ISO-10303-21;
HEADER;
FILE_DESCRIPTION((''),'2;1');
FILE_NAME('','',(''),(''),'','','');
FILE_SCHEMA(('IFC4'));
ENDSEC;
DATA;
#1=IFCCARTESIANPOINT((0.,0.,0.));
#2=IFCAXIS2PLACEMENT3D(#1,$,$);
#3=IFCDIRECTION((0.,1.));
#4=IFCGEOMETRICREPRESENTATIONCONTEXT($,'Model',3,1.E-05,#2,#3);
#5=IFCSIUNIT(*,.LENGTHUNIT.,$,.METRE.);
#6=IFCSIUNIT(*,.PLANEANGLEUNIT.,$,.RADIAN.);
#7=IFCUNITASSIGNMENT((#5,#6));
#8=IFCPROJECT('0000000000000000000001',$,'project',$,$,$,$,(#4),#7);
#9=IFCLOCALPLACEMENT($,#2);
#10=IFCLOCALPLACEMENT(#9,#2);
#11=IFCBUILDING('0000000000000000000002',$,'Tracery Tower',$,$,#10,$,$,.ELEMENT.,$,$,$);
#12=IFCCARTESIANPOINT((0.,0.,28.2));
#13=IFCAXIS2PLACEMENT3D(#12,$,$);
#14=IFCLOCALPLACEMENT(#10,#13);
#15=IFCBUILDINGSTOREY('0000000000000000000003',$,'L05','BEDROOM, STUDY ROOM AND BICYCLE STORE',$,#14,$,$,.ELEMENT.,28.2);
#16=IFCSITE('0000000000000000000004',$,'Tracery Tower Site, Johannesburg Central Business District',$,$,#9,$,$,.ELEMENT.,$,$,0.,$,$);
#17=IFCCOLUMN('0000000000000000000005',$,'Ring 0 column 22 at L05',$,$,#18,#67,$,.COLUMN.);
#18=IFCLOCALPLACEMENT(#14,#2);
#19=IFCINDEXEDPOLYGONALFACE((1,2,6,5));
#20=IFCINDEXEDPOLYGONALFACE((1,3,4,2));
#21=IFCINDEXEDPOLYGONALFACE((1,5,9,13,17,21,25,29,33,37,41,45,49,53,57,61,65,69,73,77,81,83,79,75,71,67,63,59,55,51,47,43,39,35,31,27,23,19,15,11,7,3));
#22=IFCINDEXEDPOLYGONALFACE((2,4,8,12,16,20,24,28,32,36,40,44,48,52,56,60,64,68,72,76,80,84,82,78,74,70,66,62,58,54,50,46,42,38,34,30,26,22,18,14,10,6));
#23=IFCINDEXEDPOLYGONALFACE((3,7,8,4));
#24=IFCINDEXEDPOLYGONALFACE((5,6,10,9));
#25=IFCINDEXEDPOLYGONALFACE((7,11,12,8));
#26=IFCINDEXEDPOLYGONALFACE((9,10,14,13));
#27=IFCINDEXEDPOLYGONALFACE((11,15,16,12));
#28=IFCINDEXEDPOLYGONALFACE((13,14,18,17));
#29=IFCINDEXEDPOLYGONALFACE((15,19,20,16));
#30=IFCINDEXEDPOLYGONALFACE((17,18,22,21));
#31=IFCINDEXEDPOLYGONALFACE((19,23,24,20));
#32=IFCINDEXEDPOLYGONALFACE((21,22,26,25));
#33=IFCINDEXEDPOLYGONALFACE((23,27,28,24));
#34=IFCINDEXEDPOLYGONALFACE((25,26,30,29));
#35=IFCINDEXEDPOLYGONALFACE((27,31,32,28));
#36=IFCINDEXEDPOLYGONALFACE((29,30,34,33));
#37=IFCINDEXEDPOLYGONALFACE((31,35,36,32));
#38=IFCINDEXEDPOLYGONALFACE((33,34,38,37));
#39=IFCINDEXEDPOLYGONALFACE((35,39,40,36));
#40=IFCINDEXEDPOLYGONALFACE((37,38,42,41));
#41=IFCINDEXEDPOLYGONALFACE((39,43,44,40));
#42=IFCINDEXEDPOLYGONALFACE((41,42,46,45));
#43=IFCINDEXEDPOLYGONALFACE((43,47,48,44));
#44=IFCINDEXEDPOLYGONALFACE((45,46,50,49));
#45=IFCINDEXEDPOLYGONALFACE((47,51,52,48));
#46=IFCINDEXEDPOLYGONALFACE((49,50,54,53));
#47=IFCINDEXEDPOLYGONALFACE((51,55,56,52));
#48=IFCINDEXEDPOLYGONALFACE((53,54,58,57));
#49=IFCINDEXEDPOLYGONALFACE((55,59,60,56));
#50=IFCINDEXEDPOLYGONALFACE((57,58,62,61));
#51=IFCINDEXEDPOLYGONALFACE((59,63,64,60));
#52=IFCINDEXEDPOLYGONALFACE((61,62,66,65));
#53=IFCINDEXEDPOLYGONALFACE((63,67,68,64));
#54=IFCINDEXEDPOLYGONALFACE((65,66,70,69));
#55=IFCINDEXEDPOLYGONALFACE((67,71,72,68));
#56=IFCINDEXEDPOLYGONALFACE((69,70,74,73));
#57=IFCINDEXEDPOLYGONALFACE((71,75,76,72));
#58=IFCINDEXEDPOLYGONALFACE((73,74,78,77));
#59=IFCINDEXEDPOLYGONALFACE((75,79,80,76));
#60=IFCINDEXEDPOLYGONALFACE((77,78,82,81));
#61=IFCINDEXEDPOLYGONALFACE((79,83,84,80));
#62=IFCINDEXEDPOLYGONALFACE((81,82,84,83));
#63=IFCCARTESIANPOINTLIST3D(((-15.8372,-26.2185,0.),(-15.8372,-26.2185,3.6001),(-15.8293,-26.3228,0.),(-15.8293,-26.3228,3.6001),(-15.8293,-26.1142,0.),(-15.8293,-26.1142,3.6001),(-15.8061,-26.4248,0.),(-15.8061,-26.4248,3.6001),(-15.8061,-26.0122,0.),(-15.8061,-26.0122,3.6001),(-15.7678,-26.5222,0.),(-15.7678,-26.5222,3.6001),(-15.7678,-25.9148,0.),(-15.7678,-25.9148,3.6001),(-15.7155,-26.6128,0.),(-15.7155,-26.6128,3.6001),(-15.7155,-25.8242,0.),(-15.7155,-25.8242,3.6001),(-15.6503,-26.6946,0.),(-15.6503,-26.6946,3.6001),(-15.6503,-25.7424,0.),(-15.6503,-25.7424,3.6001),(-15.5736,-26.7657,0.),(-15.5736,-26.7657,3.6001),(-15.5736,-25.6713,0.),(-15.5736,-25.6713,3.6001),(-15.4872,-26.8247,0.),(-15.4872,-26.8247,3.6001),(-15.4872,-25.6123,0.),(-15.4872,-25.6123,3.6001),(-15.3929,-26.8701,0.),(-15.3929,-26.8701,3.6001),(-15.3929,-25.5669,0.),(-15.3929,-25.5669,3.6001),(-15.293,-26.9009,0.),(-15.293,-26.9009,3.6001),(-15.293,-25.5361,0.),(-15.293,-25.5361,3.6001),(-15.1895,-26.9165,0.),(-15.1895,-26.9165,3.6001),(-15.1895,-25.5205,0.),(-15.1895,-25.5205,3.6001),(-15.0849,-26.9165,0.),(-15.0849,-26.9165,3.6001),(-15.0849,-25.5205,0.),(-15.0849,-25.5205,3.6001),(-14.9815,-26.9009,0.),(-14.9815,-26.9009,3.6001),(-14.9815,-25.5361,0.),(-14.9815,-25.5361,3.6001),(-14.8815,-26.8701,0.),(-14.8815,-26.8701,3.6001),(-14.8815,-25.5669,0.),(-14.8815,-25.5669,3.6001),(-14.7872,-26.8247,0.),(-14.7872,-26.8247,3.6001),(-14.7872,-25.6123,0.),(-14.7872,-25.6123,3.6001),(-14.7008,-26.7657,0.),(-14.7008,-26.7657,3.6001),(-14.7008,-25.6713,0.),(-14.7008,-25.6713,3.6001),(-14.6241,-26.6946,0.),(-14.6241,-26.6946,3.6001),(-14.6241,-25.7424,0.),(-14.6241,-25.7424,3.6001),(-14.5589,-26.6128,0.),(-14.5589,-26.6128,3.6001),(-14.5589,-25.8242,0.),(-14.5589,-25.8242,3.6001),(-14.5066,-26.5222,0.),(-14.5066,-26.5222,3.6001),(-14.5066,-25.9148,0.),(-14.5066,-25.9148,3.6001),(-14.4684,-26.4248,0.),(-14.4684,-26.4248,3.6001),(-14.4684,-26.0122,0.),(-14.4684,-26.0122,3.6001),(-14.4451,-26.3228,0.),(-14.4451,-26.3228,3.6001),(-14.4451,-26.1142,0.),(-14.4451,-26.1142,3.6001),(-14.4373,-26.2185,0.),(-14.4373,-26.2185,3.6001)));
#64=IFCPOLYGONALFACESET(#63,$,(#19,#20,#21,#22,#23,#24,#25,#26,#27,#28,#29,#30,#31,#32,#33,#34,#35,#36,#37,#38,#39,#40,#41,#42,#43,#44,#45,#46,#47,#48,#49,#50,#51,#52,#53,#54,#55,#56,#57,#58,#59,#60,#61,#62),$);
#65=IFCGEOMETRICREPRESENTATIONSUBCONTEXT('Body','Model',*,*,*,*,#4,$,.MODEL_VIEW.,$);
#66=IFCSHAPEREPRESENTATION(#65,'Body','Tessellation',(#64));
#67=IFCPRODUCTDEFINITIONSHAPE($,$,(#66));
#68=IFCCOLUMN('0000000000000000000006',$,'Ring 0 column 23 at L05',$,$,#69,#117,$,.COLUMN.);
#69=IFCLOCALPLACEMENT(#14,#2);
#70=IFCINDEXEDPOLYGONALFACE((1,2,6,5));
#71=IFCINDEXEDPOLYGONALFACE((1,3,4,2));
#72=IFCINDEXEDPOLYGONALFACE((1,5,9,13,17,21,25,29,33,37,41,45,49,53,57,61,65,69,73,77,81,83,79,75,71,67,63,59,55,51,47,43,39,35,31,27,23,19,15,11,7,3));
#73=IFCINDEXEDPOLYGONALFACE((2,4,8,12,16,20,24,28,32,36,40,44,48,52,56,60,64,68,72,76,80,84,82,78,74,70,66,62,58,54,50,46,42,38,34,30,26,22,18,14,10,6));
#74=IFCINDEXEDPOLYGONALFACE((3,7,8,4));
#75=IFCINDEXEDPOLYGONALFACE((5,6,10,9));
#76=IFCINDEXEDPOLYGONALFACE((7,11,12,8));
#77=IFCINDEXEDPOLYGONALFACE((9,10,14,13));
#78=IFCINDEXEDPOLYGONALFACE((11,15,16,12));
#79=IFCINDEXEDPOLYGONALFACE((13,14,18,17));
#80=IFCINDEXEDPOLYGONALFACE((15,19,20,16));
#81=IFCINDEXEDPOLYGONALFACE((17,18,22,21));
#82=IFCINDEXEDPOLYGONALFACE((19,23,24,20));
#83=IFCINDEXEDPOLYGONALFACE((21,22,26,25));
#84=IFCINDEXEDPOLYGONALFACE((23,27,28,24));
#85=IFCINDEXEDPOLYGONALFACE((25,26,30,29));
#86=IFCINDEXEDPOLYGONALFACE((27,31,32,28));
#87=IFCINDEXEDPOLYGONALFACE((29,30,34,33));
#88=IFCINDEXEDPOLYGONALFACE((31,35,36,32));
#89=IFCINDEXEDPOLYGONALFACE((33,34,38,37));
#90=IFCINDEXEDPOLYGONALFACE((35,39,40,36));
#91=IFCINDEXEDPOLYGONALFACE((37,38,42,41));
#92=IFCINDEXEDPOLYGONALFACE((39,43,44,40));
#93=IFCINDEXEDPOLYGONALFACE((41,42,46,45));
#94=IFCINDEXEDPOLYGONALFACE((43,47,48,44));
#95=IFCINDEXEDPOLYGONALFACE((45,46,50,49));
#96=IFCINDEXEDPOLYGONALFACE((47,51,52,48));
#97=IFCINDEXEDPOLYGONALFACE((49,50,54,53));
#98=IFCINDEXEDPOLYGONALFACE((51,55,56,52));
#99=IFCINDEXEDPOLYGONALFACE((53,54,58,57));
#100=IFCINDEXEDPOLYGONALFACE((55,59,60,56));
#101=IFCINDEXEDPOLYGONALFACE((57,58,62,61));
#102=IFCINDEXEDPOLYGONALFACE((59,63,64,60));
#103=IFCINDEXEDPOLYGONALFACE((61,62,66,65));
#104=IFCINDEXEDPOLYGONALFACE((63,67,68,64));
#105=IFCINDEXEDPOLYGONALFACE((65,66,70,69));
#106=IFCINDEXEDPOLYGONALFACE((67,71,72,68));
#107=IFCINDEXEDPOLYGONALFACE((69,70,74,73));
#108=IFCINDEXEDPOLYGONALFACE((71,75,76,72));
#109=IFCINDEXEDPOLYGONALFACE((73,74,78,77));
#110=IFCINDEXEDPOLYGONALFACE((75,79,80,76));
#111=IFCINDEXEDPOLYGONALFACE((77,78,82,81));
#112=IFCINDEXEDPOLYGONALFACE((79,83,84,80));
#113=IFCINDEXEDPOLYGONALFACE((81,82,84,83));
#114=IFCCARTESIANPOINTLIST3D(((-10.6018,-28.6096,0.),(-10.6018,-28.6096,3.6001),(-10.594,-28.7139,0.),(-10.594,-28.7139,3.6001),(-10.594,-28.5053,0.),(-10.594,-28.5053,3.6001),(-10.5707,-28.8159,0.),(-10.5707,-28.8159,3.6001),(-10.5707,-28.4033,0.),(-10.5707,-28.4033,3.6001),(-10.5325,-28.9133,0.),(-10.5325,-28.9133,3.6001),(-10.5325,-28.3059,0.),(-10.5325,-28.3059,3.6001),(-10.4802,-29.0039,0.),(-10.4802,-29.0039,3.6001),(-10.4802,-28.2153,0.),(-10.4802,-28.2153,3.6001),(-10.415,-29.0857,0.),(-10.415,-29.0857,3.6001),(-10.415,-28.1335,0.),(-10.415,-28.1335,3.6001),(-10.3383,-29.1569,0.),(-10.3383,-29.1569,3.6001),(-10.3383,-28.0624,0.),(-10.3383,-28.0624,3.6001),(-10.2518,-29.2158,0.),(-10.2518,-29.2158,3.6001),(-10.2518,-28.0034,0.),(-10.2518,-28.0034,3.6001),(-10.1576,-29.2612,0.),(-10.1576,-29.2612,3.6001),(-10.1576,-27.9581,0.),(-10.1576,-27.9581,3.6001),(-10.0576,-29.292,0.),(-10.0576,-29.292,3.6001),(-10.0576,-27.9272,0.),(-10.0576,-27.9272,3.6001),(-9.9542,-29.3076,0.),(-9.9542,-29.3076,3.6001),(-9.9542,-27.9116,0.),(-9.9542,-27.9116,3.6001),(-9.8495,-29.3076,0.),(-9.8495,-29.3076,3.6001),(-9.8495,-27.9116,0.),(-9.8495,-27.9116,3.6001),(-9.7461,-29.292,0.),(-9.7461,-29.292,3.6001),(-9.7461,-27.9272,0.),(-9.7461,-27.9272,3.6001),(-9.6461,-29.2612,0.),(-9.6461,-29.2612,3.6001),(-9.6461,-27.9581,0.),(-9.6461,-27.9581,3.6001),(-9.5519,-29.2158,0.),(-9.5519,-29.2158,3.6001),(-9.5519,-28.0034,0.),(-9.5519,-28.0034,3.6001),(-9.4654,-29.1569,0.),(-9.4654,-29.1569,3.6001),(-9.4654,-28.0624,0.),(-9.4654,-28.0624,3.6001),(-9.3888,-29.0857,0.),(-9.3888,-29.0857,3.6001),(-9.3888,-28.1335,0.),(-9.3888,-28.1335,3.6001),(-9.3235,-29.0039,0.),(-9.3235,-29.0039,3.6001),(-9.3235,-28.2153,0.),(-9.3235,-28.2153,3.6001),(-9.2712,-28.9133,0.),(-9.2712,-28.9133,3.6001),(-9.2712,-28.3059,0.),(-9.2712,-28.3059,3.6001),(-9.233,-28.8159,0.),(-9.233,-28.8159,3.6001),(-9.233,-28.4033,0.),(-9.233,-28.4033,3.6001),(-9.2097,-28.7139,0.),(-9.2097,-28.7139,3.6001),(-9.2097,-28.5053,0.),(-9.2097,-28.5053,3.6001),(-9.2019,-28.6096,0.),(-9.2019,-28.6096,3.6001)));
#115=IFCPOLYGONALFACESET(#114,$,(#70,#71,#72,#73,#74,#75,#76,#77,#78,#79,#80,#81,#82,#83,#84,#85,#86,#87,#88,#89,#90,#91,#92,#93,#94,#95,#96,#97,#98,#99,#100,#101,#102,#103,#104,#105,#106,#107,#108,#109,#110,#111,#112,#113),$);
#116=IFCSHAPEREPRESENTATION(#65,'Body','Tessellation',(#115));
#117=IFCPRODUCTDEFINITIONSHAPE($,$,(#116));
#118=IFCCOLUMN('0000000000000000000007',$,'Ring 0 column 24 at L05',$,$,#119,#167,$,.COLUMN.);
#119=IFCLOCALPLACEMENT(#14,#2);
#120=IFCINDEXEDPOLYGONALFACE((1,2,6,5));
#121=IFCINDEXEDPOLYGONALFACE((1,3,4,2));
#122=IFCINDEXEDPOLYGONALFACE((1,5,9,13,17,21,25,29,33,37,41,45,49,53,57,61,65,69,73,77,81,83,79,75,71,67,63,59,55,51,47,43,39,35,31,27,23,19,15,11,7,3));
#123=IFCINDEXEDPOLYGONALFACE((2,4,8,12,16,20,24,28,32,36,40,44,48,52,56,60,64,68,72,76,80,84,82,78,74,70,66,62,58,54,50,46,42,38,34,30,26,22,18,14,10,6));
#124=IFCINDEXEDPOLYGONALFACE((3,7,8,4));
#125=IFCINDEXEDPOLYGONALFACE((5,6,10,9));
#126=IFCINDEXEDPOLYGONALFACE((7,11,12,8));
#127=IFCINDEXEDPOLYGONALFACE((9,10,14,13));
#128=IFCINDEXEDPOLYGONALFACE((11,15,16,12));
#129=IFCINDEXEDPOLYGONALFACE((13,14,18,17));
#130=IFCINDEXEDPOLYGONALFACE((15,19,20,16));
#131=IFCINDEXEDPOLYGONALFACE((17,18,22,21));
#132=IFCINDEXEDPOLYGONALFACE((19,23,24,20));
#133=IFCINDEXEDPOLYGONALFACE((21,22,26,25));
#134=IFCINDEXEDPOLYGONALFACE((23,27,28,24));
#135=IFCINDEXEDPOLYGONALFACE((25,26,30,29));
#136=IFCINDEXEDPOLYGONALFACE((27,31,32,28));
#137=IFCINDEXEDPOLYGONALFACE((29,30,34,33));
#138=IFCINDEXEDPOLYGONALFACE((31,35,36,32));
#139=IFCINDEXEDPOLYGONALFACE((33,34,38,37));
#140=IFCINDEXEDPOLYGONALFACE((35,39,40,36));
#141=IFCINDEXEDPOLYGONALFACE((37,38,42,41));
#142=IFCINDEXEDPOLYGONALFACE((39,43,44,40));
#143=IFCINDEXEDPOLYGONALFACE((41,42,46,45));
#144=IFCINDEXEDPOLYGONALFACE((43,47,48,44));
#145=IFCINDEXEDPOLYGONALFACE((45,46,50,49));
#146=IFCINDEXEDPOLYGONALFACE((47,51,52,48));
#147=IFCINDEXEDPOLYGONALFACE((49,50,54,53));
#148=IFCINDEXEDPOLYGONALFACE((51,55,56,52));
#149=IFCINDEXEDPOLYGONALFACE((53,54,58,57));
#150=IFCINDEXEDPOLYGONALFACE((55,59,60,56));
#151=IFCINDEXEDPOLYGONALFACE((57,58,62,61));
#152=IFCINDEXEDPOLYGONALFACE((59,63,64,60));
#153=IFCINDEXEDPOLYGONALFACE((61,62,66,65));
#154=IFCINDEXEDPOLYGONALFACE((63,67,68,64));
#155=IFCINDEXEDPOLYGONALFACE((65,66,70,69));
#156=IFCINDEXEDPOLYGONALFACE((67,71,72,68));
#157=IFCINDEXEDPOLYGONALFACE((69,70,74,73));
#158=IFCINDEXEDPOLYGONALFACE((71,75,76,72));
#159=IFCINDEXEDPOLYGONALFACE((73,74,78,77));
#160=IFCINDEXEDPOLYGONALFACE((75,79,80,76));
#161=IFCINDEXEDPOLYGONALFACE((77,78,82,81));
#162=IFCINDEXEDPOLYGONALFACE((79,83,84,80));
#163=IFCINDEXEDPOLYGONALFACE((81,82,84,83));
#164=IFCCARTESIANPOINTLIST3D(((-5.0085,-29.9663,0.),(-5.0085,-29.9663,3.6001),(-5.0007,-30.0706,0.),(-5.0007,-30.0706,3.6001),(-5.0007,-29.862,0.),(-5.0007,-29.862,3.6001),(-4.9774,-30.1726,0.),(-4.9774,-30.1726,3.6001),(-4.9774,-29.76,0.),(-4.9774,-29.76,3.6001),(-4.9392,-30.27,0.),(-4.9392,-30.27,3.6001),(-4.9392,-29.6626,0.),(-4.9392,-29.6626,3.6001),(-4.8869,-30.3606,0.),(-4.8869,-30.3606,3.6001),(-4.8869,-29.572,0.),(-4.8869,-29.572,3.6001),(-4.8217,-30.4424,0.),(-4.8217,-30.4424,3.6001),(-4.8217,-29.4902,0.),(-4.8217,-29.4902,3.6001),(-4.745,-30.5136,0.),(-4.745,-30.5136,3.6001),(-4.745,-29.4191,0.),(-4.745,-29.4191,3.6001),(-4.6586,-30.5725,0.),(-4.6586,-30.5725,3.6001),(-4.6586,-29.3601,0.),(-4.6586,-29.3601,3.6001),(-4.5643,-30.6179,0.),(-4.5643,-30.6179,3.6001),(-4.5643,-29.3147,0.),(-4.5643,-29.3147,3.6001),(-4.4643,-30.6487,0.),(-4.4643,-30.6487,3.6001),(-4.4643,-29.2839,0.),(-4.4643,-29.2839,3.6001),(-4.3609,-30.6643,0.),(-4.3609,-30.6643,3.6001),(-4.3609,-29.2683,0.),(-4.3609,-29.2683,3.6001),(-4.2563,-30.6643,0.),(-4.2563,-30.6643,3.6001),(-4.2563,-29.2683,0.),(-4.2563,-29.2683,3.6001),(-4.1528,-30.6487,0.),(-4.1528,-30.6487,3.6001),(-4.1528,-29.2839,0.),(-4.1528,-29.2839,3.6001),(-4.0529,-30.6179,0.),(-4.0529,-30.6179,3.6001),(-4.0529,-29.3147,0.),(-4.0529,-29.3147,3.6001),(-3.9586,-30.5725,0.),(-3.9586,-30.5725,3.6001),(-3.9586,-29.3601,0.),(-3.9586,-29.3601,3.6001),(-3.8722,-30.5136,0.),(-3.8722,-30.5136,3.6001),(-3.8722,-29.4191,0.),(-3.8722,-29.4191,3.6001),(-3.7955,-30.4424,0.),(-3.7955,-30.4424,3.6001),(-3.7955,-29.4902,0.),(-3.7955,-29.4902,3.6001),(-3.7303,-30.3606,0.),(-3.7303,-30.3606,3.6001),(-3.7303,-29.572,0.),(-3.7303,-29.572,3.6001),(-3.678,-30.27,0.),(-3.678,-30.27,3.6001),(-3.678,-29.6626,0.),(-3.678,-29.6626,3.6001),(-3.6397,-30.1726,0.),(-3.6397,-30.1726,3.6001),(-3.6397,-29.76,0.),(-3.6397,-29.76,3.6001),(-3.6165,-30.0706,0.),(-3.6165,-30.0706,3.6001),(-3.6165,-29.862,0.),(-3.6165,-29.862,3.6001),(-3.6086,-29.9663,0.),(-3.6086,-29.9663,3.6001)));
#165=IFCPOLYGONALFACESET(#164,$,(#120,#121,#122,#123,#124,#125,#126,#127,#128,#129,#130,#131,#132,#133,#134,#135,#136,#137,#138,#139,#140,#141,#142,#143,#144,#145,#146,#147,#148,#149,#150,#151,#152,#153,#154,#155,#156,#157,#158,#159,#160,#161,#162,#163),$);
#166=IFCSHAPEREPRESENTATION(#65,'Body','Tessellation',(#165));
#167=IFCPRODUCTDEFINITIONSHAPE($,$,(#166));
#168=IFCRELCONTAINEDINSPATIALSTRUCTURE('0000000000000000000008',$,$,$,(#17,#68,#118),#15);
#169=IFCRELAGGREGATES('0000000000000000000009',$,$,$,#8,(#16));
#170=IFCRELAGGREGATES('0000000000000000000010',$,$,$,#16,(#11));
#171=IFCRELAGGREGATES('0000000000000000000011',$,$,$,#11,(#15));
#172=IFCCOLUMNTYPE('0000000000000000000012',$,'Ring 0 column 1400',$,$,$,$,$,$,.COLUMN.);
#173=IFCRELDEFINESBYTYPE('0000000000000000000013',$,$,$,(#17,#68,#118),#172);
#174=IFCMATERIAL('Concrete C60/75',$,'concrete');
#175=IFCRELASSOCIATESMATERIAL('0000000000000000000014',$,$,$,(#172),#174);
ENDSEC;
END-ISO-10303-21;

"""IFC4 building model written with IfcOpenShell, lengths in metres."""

from ifc_helpers import new_model, si_unit, direction, frame, origin, origin_2d, place, context, subcontext, project, spatial, circle, extrude, material, material_profile, profile_set, type_object, element, save


model = new_model("IFC4")

# Units and contexts
model_context = context("Model", 3, precision=1e-05, world=origin(), true_north=direction((0.0, 1.0)))
body_context = subcontext(model_context, "Body", "Model", "MODEL_VIEW")
ifc_project = project(units=[si_unit("LENGTHUNIT", "METRE"), si_unit("PLANEANGLEUNIT", "RADIAN")], contexts=[model_context])

# Site, building, storey
site_placement = place(None, origin())
site = spatial("IfcSite", under=ifc_project, at=site_placement, Name="Tracery Tower Site, Johannesburg Central Business District", CompositionType="ELEMENT", RefElevation=0.0)
building_placement = place(site_placement, origin())
building = spatial("IfcBuilding", under=site, at=building_placement, Name="Tracery Tower", CompositionType="ELEMENT")
storey_placement = place(building_placement, frame((0.0, 0.0, 28.2)))
storey = spatial("IfcBuildingStorey", under=building, at=storey_placement, Name="L05", Description="BEDROOM, STUDY ROOM AND BICYCLE STORE", CompositionType="ELEMENT", Elevation=28.2)

# Columns
ifc_material_1 = material(Name="Concrete C60/75", Category="concrete")
ifc_material_profile_1 = material_profile(ifc_material_1, circle(Radius=0.7, at=origin_2d()), Name="RC D1400")
ifc_profile_set_1 = profile_set([ifc_material_profile_1], Name="Concrete C60/75")
column_type_1 = type_object("IfcColumnType", Name="Ring 0 column 1400", PredefinedType="COLUMN", material=ifc_profile_set_1)
for number, where, z_axis, x_axis, name in (
    (1, (-15.1372, -26.2185, 0.0), (0.0, 0.0, 1.0), (1.0, 0.0, 0.0), "Ring 0 column 22 at L05"),
    (2, (-9.9019, -28.6096, 0.0), (0.0, 0.0, 1.0), (1.0, 0.0, 0.0), "Ring 0 column 23 at L05"),
    (3, (-4.3086, -29.9663, 0.0), (0.0, 0.0, 1.0), (1.0, 0.0, 0.0), "Ring 0 column 24 at L05"),
):
    element("IfcColumn", number, at=place(storey_placement, frame(where, z_axis=z_axis, x_axis=x_axis)), inside=storey, type_object=column_type_1, Name=name, PredefinedType="COLUMN", context=body_context, shape_type="SweptSolid", body=[
        extrude(circle(Radius=0.7, at=origin_2d()), origin(), (0.0, 0.0, 1.0), 3.6001),
    ])

save(model, "model.ifc")
